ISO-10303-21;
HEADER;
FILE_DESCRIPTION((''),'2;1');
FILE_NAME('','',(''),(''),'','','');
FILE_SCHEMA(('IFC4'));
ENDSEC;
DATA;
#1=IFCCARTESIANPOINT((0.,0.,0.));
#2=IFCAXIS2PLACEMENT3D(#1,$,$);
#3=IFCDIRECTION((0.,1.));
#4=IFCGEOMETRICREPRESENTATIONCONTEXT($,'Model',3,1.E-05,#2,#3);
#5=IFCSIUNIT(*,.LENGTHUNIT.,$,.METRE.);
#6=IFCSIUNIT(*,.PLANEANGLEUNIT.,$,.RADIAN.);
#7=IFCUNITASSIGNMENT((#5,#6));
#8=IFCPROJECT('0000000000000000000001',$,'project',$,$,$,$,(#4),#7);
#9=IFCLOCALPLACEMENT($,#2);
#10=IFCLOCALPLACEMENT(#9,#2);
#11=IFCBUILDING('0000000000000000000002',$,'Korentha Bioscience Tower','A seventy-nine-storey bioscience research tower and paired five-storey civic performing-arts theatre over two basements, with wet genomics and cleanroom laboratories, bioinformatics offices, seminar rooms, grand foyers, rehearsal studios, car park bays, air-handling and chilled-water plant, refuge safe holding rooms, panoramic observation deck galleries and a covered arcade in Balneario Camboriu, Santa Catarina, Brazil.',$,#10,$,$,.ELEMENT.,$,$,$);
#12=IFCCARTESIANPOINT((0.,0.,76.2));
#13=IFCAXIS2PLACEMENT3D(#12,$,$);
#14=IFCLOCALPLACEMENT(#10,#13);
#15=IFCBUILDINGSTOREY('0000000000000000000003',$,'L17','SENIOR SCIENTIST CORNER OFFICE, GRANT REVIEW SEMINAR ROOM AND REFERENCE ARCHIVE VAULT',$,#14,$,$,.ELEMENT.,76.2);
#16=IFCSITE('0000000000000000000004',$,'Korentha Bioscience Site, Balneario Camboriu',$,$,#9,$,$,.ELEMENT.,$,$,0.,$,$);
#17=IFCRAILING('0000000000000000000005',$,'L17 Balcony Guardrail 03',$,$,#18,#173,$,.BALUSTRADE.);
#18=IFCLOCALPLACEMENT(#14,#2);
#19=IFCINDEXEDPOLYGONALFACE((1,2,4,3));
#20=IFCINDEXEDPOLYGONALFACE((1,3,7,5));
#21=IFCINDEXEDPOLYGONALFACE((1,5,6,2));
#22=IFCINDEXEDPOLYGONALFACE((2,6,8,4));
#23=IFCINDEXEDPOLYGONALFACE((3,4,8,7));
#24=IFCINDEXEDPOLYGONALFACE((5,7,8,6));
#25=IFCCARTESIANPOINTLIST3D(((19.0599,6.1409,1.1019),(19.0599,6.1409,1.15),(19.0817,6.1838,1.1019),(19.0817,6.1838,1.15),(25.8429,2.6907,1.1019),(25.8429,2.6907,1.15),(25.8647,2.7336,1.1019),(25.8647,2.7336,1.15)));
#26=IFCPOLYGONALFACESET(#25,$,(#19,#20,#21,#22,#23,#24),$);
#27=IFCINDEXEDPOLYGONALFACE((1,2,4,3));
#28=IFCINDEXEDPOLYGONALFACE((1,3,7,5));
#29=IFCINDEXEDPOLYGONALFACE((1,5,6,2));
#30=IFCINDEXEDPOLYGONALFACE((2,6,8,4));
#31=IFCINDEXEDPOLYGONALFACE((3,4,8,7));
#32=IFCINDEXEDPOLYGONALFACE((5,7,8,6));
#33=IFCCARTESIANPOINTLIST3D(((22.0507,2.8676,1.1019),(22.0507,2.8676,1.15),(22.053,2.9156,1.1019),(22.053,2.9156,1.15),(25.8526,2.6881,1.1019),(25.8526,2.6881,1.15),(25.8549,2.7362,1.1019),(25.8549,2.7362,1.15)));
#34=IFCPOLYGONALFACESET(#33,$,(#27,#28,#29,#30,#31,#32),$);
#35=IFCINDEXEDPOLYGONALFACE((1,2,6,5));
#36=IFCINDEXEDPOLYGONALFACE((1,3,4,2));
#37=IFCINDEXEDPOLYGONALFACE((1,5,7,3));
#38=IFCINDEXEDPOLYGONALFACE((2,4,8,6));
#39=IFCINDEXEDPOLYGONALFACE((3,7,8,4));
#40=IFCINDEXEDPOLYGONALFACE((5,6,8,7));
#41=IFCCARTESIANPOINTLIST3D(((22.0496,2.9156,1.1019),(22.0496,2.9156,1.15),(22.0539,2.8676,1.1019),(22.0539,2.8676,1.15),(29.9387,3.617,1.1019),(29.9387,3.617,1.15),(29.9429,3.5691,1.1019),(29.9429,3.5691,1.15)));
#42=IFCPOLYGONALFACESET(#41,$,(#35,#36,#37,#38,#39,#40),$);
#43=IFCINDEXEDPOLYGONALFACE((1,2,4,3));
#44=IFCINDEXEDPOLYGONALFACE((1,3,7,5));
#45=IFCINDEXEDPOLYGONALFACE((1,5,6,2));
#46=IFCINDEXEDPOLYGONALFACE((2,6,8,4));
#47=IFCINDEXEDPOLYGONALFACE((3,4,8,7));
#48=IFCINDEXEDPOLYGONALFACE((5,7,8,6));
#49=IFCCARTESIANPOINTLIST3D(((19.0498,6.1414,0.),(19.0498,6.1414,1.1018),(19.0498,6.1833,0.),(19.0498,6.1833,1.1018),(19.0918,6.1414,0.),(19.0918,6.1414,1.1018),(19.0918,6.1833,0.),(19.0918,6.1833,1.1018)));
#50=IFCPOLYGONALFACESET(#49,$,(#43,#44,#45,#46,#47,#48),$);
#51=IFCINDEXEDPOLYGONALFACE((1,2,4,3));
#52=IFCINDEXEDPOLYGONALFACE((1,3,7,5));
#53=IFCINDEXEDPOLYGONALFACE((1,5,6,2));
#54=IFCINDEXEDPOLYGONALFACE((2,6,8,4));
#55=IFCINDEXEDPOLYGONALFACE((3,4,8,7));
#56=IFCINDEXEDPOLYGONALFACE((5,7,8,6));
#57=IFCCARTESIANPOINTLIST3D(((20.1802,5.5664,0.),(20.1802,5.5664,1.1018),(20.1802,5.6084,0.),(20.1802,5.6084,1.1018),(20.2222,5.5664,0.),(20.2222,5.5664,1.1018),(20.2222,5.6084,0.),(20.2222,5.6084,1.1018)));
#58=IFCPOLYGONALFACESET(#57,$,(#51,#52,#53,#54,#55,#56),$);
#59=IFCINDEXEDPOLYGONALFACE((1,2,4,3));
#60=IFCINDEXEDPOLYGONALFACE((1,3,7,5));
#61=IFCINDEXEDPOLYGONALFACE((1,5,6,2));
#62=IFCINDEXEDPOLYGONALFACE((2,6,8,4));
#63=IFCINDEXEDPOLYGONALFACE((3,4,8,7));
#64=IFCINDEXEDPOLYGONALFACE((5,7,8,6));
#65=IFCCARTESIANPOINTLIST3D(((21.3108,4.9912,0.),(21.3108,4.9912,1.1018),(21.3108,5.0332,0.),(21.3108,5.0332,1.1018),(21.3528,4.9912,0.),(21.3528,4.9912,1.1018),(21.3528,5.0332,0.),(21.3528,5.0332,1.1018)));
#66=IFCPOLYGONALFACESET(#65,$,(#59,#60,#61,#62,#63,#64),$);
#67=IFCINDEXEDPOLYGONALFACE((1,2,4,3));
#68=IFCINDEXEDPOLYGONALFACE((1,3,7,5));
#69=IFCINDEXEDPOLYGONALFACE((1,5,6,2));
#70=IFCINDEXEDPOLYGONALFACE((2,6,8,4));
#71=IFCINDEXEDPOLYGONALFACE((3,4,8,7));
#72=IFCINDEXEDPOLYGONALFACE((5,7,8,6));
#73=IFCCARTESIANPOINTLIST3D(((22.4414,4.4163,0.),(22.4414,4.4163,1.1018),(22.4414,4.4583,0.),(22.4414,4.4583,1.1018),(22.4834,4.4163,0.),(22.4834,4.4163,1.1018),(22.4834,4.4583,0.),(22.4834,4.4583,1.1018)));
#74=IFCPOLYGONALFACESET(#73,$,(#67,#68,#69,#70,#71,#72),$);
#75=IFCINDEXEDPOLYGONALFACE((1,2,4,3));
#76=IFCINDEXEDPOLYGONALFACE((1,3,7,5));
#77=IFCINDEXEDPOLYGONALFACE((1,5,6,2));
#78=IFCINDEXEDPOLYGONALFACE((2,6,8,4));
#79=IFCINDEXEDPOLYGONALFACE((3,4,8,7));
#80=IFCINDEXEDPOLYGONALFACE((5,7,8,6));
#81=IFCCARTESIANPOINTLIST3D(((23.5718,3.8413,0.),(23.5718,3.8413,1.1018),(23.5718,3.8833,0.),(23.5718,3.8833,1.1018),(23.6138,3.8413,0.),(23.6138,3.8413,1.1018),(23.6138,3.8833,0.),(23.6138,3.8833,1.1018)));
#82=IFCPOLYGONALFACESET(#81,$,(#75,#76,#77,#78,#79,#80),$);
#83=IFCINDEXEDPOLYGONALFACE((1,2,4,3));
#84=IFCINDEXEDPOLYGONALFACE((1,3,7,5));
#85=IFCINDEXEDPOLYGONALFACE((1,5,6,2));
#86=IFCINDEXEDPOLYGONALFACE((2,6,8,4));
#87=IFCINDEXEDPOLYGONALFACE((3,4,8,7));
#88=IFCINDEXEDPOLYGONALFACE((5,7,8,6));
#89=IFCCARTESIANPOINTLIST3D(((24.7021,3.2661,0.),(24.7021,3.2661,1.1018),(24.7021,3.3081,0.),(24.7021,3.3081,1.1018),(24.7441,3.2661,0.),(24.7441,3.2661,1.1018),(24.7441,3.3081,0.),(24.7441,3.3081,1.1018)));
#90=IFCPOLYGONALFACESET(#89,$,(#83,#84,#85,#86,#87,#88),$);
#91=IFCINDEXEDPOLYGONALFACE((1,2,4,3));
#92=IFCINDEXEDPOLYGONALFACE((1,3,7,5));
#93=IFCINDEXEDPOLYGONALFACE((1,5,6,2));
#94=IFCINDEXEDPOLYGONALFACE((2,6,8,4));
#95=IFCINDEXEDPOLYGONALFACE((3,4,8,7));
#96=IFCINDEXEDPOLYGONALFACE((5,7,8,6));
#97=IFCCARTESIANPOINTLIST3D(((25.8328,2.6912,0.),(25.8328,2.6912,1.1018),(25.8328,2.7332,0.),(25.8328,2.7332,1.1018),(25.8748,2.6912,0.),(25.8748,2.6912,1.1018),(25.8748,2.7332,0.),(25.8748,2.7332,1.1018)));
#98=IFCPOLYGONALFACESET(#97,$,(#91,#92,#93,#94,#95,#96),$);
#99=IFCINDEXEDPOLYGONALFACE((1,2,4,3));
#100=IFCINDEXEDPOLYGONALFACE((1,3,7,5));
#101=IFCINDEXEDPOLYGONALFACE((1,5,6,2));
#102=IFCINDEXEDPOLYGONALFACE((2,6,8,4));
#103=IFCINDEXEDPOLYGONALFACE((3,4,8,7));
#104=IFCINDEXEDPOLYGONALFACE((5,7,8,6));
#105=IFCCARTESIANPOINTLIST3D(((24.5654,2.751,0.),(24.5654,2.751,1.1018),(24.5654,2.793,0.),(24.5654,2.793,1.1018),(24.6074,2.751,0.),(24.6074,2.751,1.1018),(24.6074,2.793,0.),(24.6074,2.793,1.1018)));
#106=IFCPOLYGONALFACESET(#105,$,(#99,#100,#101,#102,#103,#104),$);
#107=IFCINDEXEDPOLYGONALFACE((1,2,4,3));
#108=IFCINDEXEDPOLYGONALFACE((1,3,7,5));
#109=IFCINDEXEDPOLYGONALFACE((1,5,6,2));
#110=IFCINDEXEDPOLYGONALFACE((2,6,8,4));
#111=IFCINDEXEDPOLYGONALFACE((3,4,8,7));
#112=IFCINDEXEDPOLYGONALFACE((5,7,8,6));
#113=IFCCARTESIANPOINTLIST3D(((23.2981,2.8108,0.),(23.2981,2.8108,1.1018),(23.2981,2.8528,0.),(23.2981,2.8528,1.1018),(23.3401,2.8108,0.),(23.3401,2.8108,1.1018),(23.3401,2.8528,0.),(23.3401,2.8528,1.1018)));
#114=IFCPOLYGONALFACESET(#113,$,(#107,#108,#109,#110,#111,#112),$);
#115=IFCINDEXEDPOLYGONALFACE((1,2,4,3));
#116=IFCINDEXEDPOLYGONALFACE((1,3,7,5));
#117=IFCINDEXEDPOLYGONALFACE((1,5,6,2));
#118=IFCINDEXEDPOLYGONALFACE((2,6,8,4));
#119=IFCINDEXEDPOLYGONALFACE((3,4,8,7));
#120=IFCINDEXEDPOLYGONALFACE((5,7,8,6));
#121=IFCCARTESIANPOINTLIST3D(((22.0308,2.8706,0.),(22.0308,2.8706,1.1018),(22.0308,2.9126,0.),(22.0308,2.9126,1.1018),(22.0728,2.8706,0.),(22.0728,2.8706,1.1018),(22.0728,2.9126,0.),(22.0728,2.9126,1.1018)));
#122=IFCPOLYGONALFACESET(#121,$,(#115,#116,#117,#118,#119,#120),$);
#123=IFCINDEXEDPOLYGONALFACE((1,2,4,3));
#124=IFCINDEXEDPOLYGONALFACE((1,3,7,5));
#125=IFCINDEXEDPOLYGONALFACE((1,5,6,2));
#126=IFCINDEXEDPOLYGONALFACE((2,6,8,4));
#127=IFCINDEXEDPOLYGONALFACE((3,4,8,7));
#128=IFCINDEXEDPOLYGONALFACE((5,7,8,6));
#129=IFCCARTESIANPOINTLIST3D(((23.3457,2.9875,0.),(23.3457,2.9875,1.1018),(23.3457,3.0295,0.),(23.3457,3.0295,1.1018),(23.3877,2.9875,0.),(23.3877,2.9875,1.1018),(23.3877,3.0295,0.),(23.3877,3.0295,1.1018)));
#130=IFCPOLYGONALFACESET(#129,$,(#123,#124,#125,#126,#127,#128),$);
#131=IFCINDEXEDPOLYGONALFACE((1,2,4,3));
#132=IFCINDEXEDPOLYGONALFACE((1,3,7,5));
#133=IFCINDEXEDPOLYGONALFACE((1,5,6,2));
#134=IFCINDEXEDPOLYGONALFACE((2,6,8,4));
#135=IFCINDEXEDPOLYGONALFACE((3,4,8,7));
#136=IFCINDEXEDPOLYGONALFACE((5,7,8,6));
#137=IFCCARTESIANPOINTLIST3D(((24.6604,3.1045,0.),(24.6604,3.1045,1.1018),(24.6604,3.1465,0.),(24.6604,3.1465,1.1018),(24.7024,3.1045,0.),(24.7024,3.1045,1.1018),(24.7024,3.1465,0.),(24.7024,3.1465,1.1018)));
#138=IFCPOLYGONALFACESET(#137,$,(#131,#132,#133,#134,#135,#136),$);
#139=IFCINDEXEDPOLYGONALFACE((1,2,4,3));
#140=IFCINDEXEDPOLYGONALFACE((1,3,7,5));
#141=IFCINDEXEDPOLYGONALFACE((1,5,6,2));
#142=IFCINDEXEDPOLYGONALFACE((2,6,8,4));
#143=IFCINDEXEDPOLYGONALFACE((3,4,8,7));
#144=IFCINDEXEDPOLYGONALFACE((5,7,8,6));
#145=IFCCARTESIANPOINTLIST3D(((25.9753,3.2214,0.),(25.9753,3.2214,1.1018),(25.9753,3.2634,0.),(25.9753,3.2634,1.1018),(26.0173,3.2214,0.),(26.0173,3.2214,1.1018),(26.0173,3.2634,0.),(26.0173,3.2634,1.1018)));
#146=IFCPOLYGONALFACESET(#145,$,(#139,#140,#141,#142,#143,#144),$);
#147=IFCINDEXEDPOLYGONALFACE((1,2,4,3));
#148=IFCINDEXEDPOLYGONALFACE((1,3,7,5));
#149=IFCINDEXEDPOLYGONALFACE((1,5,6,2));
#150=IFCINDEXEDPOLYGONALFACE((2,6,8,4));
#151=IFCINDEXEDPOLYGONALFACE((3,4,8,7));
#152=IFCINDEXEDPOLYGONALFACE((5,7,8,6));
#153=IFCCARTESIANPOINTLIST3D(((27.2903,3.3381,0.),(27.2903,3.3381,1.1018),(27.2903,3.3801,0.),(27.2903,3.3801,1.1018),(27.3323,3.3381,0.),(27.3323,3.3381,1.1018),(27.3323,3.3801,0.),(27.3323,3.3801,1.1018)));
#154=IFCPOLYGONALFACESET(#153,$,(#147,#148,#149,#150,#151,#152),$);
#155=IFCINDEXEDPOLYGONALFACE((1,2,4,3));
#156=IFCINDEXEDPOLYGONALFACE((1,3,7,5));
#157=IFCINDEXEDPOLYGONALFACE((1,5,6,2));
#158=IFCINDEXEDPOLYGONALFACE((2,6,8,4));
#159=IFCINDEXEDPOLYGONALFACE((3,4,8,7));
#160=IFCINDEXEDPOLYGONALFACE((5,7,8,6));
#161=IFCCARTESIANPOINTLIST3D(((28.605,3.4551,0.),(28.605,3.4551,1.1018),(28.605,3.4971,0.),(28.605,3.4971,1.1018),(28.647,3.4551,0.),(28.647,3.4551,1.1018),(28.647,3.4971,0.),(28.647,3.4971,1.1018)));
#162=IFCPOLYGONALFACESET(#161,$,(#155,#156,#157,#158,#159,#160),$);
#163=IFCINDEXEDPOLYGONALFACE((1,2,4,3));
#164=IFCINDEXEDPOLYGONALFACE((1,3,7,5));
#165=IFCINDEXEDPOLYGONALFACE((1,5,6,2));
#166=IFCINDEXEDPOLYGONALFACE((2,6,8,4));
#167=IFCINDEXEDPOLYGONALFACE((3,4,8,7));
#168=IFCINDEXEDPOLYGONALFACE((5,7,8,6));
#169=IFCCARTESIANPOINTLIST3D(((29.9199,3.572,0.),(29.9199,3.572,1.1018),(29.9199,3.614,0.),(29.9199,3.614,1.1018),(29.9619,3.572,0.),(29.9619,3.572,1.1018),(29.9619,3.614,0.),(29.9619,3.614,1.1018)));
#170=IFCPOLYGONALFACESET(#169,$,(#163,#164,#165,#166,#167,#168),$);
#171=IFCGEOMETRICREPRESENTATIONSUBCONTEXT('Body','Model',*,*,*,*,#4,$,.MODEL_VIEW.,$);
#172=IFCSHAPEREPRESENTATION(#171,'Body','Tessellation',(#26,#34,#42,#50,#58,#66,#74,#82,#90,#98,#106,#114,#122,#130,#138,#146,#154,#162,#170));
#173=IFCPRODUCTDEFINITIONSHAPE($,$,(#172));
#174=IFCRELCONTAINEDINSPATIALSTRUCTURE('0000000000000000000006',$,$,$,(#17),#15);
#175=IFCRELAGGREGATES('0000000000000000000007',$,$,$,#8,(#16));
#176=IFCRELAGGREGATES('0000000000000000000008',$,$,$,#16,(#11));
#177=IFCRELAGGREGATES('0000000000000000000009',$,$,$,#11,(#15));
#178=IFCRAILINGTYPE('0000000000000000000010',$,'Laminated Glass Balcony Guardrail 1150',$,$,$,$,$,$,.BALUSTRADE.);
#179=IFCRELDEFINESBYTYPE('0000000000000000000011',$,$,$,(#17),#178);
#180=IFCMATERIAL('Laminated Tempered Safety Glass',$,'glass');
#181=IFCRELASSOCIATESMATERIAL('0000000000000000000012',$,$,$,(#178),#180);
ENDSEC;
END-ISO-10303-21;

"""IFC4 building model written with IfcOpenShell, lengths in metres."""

from ifc_helpers import new_model, si_unit, direction, frame, origin, origin_2d, place, context, subcontext, project, spatial, rectangle, extrude, material, type_object, element, save


model = new_model("IFC4")

# Units and contexts
model_context = context("Model", 3, precision=1e-05, world=origin(), true_north=direction((0.0, 1.0)))
body_context = subcontext(model_context, "Body", "Model", "MODEL_VIEW")
ifc_project = project(units=[si_unit("LENGTHUNIT", "METRE"), si_unit("PLANEANGLEUNIT", "RADIAN")], contexts=[model_context])

# Site, building, storey
site_placement = place(None, origin())
site = spatial("IfcSite", under=ifc_project, at=site_placement, Name="Korentha Bioscience Site, Balneario Camboriu", CompositionType="ELEMENT", RefElevation=0.0)
building_placement = place(site_placement, origin())
building = spatial("IfcBuilding", under=site, at=building_placement, Name="Korentha Bioscience Tower", Description="A seventy-nine-storey bioscience research tower and paired five-storey civic performing-arts theatre over two basements, with wet genomics and cleanroom laboratories, bioinformatics offices, seminar rooms, grand foyers, rehearsal studios, car park bays, air-handling and chilled-water plant, refuge safe holding rooms, panoramic observation deck galleries and a covered arcade in Balneario Camboriu, Santa Catarina, Brazil.", CompositionType="ELEMENT")
storey_placement = place(building_placement, frame((0.0, 0.0, 76.2)))
storey = spatial("IfcBuildingStorey", under=building, at=storey_placement, Name="L17", Description="SENIOR SCIENTIST CORNER OFFICE, GRANT REVIEW SEMINAR ROOM AND REFERENCE ARCHIVE VAULT", CompositionType="ELEMENT", Elevation=76.2)

# Railing
ifc_material_1 = material(Name="Laminated Tempered Safety Glass", Category="glass")
railing_type = type_object("IfcRailingType", Name="Laminated Glass Balcony Guardrail 1150", PredefinedType="BALUSTRADE", material=ifc_material_1)
railing_placement = place(storey_placement, frame((19.0708, 6.1624, 0.0)))
element("IfcRailing", 1, at=railing_placement, inside=storey, type_object=railing_type, Name="L17 Balcony Guardrail 03", PredefinedType="BALUSTRADE", context=body_context, shape_type="SweptSolid", body=[
    extrude(rectangle(XDim=0.0481, YDim=0.0481, at=origin_2d()), frame((0.0, 0.0, 1.126), z_axis=(0.89132, -0.453375, 0.0), x_axis=(0.453375, 0.89132, 0.0)), (0.0, 0.0, 1.0), 7.6101),
    extrude(rectangle(XDim=0.0481, YDim=0.0481, at=origin_2d()), frame((6.783, -3.4502, 1.126), z_axis=(-0.998888, 0.047145, 0.0), x_axis=(-0.047145, -0.998888, 0.0)), (0.0, 0.0, 1.0), 3.8062),
    extrude(rectangle(XDim=0.0481, YDim=0.0481, at=origin_2d()), frame((2.981, -3.2708, 1.126), z_axis=(0.996071, 0.088559, 0.0), x_axis=(-0.088559, 0.996071, 0.0)), (0.0, 0.0, 1.0), 7.9202),
    extrude(rectangle(XDim=0.042, YDim=0.042, at=origin_2d()), origin(), (0.0, 0.0, 1.0), 1.1018),
    extrude(rectangle(XDim=0.042, YDim=0.042, at=origin_2d()), frame((1.1304, -0.575, 0.0)), (0.0, 0.0, 1.0), 1.1018),
    extrude(rectangle(XDim=0.042, YDim=0.042, at=origin_2d()), frame((2.261, -1.1501, 0.0)), (0.0, 0.0, 1.0), 1.1018),
    extrude(rectangle(XDim=0.042, YDim=0.042, at=origin_2d()), frame((3.3916, -1.7251, 0.0)), (0.0, 0.0, 1.0), 1.1018),
    extrude(rectangle(XDim=0.042, YDim=0.042, at=origin_2d()), frame((4.522, -2.3, 0.0)), (0.0, 0.0, 1.0), 1.1018),
    extrude(rectangle(XDim=0.042, YDim=0.042, at=origin_2d()), frame((5.6523, -2.8752, 0.0)), (0.0, 0.0, 1.0), 1.1018),
    extrude(rectangle(XDim=0.042, YDim=0.042, at=origin_2d()), frame((6.783, -3.4502, 0.0)), (0.0, 0.0, 1.0), 1.1018),
    extrude(rectangle(XDim=0.042, YDim=0.042, at=origin_2d()), frame((5.5156, -3.3904, 0.0)), (0.0, 0.0, 1.0), 1.1018),
    extrude(rectangle(XDim=0.042, YDim=0.042, at=origin_2d()), frame((4.2483, -3.3306, 0.0)), (0.0, 0.0, 1.0), 1.1018),
    extrude(rectangle(XDim=0.042, YDim=0.042, at=origin_2d()), frame((2.981, -3.2708, 0.0)), (0.0, 0.0, 1.0), 1.1018),
    extrude(rectangle(XDim=0.042, YDim=0.042, at=origin_2d()), frame((4.2959, -3.1538, 0.0)), (0.0, 0.0, 1.0), 1.1018),
    extrude(rectangle(XDim=0.042, YDim=0.042, at=origin_2d()), frame((5.6106, -3.0369, 0.0)), (0.0, 0.0, 1.0), 1.1018),
    extrude(rectangle(XDim=0.042, YDim=0.042, at=origin_2d()), frame((6.9255, -2.9199, 0.0)), (0.0, 0.0, 1.0), 1.1018),
    extrude(rectangle(XDim=0.042, YDim=0.042, at=origin_2d()), frame((8.2405, -2.8032, 0.0)), (0.0, 0.0, 1.0), 1.1018),
    extrude(rectangle(XDim=0.042, YDim=0.042, at=origin_2d()), frame((9.5552, -2.6863, 0.0)), (0.0, 0.0, 1.0), 1.1018),
    extrude(rectangle(XDim=0.042, YDim=0.042, at=origin_2d()), frame((10.8701, -2.5693, 0.0)), (0.0, 0.0, 1.0), 1.1018),
])

save(model, "model.ifc")
